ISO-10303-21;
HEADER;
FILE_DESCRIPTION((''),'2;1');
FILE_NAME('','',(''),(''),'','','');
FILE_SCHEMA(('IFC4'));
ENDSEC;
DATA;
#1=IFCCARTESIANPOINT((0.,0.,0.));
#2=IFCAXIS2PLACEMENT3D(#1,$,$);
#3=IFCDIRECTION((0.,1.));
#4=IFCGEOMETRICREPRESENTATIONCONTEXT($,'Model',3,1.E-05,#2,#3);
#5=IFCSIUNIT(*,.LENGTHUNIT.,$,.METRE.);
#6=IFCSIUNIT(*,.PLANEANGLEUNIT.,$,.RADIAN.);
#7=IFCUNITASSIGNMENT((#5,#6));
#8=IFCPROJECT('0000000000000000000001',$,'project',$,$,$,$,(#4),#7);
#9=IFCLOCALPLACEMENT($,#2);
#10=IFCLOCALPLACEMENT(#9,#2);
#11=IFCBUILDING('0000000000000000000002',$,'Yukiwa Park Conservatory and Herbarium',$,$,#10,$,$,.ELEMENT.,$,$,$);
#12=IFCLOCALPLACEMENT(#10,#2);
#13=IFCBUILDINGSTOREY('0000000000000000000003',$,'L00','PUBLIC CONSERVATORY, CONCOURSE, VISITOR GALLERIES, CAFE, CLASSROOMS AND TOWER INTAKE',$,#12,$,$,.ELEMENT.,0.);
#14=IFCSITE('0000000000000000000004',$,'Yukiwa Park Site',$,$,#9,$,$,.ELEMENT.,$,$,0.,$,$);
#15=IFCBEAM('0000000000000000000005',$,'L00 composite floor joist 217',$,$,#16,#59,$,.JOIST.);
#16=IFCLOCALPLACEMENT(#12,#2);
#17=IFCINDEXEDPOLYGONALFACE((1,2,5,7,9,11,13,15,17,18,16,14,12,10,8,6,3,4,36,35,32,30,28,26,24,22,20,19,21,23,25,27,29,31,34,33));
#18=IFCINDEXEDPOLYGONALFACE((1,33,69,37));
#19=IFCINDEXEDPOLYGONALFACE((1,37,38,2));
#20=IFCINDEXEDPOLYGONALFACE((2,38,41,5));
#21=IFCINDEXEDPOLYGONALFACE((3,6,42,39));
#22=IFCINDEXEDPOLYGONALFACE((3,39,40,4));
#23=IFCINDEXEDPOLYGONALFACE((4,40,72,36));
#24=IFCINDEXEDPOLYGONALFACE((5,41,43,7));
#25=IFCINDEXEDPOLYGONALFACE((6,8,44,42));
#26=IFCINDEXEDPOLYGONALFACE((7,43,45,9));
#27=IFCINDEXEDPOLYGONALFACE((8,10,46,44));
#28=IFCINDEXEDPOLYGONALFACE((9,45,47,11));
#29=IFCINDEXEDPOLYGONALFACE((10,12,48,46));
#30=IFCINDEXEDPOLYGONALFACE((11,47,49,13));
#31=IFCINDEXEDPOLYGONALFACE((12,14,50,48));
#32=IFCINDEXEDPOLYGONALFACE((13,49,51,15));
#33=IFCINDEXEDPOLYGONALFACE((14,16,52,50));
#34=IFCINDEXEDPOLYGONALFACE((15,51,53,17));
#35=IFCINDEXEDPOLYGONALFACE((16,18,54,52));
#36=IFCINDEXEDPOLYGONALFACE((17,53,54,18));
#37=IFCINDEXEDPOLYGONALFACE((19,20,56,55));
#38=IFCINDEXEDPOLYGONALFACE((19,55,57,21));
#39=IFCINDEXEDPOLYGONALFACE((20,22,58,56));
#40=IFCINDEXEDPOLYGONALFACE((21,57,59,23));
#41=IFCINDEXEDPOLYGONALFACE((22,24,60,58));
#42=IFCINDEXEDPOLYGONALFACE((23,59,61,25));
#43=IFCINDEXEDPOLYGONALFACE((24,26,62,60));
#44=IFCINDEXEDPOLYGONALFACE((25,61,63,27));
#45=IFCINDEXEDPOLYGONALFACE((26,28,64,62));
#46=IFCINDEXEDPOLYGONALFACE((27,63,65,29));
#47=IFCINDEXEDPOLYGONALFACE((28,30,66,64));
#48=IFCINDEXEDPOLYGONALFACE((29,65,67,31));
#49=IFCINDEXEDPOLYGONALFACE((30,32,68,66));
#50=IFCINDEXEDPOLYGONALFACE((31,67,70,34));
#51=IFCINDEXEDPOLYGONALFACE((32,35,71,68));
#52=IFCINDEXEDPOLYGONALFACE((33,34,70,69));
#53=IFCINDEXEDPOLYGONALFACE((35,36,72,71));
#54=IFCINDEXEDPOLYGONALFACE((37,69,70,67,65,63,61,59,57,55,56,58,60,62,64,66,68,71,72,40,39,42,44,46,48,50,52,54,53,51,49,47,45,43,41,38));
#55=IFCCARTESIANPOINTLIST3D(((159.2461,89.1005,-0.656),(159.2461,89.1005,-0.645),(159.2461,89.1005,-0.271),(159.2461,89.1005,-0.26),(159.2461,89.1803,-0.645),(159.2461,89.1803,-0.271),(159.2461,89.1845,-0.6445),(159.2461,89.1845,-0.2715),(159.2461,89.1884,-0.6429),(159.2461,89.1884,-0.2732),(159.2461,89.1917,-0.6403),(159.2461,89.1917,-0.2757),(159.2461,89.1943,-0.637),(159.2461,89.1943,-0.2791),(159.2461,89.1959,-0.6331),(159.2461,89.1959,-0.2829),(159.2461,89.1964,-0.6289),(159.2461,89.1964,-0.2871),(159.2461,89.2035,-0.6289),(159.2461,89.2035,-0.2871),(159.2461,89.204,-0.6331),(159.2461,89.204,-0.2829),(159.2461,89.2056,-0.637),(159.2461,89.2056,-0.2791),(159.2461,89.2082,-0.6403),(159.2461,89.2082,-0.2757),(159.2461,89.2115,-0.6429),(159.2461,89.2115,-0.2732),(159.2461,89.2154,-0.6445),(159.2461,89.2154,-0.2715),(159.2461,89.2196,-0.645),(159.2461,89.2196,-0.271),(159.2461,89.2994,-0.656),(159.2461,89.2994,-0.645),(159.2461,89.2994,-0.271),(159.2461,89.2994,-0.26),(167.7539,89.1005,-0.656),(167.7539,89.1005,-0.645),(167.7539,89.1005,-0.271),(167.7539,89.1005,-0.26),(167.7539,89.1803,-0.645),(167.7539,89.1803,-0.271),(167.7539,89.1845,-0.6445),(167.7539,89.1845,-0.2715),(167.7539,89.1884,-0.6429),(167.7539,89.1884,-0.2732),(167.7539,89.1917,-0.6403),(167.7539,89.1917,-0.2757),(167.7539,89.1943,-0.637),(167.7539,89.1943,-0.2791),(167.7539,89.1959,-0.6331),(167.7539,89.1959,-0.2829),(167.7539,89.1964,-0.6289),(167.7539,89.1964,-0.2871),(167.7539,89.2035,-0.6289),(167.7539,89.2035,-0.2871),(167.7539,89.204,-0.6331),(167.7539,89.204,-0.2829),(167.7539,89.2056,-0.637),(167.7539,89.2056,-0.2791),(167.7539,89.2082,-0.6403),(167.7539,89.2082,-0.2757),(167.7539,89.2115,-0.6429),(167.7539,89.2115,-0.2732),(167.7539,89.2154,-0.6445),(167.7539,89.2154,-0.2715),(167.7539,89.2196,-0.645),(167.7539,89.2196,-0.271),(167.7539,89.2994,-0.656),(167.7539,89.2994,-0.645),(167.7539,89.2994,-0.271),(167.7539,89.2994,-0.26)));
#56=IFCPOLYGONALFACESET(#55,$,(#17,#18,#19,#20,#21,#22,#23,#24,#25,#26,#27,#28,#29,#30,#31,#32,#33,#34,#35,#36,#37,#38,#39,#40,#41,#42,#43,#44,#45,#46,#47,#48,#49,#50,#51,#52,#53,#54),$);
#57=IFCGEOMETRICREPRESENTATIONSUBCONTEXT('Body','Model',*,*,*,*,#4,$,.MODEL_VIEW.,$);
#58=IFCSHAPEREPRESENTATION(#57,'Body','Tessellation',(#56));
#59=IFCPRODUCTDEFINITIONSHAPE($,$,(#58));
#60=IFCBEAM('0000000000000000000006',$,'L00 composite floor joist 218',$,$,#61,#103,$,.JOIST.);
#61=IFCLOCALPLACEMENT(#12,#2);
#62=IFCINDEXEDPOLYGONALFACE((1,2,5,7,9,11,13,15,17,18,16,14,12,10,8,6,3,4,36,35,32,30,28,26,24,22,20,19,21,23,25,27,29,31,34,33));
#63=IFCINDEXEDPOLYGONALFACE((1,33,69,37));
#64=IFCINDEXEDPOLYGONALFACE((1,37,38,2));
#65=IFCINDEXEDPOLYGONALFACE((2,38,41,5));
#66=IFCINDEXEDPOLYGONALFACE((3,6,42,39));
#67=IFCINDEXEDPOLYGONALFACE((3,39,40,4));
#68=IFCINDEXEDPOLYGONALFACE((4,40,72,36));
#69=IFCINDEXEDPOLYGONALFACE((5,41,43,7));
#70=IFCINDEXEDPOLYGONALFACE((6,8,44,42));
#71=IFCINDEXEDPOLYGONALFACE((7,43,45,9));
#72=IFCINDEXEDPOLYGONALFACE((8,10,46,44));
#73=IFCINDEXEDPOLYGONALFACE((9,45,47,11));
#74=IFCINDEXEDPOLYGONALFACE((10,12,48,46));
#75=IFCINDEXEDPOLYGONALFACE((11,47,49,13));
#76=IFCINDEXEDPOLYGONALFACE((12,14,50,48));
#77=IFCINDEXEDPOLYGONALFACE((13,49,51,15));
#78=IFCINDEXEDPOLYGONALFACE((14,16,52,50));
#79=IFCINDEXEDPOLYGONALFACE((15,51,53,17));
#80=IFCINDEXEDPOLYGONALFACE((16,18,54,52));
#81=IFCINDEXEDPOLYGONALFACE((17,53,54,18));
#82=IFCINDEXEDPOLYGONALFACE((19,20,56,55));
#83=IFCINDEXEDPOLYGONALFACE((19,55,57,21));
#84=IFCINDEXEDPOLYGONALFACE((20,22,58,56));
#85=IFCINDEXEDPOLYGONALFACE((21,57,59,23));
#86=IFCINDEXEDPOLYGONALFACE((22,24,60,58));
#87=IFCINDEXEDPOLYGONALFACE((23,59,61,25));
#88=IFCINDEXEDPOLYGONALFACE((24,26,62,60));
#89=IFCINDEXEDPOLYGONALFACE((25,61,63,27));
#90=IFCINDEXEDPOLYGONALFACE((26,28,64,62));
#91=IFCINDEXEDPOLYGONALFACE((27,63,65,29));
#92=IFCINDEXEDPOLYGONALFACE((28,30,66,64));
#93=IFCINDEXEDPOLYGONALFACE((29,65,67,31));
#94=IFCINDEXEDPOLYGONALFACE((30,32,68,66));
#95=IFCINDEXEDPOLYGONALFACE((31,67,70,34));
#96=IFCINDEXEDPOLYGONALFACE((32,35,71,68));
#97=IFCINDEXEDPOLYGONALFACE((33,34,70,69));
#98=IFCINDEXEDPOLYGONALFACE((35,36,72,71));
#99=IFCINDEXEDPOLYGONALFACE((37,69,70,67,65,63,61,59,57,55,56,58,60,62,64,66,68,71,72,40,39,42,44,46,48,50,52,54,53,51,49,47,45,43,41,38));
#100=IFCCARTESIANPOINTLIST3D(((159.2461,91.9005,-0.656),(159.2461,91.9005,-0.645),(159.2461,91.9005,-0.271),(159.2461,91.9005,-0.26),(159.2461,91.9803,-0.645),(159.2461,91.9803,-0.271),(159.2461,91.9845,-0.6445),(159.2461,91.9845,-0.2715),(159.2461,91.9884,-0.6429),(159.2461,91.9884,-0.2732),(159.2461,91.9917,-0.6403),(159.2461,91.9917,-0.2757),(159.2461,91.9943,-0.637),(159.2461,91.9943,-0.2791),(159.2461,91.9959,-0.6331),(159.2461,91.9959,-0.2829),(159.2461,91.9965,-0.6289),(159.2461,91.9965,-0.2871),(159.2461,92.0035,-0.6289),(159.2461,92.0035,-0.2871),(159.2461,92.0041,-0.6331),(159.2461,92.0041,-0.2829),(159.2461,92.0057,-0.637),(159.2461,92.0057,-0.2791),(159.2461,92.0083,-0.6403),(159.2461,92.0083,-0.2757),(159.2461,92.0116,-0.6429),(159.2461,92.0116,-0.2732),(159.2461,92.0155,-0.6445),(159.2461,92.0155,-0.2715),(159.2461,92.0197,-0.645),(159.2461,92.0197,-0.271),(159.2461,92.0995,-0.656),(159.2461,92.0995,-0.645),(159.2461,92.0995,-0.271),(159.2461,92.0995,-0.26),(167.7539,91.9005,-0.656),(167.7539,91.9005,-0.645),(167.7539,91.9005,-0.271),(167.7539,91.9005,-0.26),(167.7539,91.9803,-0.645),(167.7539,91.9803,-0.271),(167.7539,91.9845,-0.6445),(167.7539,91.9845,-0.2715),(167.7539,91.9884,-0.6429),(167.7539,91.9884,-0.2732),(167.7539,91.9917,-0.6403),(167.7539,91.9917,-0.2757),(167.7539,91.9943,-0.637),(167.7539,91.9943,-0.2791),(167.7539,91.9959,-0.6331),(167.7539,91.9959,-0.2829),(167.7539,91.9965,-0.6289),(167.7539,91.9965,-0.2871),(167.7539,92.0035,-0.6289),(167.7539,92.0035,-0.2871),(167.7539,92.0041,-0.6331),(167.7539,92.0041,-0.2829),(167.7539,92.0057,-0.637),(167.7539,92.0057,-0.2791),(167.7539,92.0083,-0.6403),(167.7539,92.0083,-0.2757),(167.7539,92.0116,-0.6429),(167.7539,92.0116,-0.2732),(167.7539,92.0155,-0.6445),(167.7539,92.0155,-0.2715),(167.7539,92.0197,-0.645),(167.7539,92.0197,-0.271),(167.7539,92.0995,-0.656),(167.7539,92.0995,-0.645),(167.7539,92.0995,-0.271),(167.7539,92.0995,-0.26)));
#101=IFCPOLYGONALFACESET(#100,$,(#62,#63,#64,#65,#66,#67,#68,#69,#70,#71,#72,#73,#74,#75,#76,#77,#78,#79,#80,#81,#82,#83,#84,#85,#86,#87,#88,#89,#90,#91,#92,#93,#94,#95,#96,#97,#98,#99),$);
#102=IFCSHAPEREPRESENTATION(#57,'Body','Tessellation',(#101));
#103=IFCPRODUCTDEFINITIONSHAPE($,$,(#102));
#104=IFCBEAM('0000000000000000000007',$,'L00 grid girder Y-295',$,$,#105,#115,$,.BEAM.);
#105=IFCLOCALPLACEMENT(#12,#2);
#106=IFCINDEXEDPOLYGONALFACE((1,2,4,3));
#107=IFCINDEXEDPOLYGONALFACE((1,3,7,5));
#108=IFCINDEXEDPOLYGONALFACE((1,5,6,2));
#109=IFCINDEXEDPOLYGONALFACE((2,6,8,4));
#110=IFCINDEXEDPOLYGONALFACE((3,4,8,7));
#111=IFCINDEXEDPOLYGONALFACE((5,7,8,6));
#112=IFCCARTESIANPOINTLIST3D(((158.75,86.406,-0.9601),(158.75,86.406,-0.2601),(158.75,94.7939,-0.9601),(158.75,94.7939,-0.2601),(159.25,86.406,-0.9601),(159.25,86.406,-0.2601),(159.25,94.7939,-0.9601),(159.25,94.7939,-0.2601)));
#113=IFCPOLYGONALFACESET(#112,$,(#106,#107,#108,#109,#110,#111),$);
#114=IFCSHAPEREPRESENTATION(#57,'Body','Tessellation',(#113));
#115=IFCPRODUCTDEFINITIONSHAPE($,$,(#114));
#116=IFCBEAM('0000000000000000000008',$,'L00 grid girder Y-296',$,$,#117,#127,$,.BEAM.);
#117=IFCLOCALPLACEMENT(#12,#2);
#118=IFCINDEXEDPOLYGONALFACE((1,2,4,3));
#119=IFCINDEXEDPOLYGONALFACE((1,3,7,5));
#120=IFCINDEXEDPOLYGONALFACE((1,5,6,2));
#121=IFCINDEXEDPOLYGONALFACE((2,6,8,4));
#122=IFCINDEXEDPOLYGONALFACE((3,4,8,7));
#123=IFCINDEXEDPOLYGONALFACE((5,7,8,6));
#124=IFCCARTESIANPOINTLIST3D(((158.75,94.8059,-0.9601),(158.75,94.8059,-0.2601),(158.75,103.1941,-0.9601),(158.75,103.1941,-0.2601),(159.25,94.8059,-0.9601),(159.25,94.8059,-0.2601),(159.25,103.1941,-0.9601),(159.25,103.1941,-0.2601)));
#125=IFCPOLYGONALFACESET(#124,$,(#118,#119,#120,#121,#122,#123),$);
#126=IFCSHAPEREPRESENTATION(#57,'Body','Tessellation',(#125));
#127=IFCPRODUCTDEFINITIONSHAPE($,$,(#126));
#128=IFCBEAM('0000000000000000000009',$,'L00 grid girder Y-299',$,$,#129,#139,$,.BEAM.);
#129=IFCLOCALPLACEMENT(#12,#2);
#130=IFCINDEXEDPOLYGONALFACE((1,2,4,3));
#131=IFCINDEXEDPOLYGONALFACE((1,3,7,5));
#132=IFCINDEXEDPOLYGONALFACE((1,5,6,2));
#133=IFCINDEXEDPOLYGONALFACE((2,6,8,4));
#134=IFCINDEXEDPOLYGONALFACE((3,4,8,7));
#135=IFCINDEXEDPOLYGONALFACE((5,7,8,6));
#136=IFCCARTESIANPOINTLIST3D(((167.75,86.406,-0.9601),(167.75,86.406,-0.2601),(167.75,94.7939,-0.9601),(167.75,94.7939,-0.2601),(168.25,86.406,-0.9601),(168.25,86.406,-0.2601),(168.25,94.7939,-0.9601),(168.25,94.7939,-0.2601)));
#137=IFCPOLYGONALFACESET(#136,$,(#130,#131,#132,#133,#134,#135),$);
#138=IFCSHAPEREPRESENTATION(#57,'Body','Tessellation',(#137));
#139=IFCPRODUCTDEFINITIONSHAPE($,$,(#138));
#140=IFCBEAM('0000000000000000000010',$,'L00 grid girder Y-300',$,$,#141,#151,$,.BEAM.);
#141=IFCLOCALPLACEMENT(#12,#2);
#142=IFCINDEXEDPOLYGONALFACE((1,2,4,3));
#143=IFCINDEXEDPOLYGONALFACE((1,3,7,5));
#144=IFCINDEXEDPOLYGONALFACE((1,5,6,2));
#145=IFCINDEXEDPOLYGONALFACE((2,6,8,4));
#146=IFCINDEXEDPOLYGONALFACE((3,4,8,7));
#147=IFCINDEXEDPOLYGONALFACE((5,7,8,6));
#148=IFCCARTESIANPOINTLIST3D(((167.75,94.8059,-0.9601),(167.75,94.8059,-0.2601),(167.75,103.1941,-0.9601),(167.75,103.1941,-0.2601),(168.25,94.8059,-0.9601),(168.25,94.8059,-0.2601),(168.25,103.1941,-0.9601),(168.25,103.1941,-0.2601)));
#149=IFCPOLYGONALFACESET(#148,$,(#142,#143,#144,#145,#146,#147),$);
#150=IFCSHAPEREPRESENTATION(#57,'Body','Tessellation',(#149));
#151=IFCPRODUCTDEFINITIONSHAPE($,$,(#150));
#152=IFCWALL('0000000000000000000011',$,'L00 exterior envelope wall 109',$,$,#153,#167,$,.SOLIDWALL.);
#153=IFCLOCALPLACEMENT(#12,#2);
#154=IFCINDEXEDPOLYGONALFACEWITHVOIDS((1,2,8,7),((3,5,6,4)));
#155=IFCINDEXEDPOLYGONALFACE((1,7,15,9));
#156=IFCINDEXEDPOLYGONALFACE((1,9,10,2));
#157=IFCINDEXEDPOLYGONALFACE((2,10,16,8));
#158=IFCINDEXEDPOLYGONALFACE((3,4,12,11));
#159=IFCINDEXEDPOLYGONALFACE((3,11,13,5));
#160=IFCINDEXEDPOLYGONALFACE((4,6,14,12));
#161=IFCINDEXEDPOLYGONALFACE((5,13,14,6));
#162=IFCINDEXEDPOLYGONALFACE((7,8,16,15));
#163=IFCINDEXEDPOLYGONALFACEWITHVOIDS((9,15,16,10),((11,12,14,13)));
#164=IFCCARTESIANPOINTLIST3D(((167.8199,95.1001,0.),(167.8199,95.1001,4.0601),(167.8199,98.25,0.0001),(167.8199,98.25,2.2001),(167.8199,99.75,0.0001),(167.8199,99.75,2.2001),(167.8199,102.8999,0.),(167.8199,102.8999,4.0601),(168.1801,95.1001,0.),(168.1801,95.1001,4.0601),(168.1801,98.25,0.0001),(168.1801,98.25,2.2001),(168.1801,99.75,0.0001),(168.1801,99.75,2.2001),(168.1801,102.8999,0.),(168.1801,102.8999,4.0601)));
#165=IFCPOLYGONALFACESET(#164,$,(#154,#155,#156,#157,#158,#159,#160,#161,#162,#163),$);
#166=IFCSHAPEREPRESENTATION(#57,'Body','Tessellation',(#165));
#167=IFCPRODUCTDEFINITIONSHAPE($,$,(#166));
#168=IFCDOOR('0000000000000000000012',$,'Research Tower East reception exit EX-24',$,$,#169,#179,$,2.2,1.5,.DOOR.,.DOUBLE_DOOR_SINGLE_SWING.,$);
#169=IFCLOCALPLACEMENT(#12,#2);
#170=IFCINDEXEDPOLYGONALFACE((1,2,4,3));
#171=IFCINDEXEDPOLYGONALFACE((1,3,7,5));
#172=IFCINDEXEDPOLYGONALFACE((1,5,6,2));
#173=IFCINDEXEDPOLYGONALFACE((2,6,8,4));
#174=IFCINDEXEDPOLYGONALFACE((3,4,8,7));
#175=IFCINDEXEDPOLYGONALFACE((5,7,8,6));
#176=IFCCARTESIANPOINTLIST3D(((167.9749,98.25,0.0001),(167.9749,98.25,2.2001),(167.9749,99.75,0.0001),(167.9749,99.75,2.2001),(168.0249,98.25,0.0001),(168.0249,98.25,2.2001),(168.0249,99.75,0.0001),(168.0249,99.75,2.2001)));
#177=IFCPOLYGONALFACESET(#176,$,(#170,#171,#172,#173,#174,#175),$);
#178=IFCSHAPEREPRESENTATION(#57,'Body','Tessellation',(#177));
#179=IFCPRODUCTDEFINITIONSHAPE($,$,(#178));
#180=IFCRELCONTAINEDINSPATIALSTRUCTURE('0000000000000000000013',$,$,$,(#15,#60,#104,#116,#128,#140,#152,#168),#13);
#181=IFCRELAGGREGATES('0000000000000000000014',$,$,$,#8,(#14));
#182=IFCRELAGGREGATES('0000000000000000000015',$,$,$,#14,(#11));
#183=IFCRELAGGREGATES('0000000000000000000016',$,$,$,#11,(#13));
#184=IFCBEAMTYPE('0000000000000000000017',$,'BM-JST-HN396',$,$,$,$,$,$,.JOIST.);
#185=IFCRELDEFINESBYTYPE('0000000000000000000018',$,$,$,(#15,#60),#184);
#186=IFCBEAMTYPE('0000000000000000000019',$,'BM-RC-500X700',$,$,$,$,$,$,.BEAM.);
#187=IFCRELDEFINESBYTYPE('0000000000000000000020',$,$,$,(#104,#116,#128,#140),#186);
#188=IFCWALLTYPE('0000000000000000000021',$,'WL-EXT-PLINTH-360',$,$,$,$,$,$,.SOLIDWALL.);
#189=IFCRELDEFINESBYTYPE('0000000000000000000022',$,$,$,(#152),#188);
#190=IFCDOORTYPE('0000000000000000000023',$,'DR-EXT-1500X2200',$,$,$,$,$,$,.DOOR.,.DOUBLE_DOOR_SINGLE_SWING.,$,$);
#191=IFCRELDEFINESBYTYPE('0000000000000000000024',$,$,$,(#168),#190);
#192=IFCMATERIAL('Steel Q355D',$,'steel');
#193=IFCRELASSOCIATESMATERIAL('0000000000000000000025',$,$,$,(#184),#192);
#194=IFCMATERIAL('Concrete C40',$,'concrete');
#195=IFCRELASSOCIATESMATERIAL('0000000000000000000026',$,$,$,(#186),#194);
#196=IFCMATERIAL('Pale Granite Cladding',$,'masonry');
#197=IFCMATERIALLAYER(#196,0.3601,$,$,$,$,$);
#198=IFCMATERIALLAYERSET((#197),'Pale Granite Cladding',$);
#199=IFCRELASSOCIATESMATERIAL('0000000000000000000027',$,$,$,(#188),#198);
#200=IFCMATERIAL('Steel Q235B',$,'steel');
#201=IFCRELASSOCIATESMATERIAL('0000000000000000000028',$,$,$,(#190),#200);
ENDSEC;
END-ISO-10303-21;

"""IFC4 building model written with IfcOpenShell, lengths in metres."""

from ifc_helpers import new_model, si_unit, direction, frame, frame_2d, origin, origin_2d, place, context, subcontext, project, spatial, rectangle, i_section, extrude, material, layer, layer_set, material_profile, profile_set, type_object, element, fill, save


model = new_model("IFC4")

# Units and contexts
model_context = context("Model", 3, precision=1e-05, world=origin(), true_north=direction((0.0, 1.0)))
body_context = subcontext(model_context, "Body", "Model", "MODEL_VIEW")
ifc_project = project(units=[si_unit("LENGTHUNIT", "METRE"), si_unit("PLANEANGLEUNIT", "RADIAN")], contexts=[model_context])

# Site, building, storey
site_placement = place(None, origin())
site = spatial("IfcSite", under=ifc_project, at=site_placement, Name="Yukiwa Park Site", CompositionType="ELEMENT", RefElevation=0.0)
building_placement = place(site_placement, origin())
building = spatial("IfcBuilding", under=site, at=building_placement, Name="Yukiwa Park Conservatory and Herbarium", CompositionType="ELEMENT")
storey_placement = place(building_placement, origin())
storey = spatial("IfcBuildingStorey", under=building, at=storey_placement, Name="L00", Description="PUBLIC CONSERVATORY, CONCOURSE, VISITOR GALLERIES, CAFE, CLASSROOMS AND TOWER INTAKE", CompositionType="ELEMENT", Elevation=0.0)

# Beams
ifc_material_1 = material(Name="Steel Q355D", Category="steel")
ifc_material_profile_1 = material_profile(ifc_material_1, i_section(OverallWidth=0.199, OverallDepth=0.396, WebThickness=0.0071, FlangeThickness=0.011, FilletRadius=0.0161, at=origin_2d()), Name="HN 396x199x7x11")
ifc_profile_set_1 = profile_set([ifc_material_profile_1], Name="Steel Q355D")
beam_type_1 = type_object("IfcBeamType", Name="BM-JST-HN396", PredefinedType="JOIST", material=ifc_profile_set_1)
for number, where, z_axis, x_axis, name in (
    (1, (159.2461, 89.2, -0.458), (1.0, 0.0, 0.0), (0.0, 1.0, 0.0), "L00 composite floor joist 217"),
    (2, (159.2461, 92.0, -0.458), (1.0, 0.0, 0.0), (0.0, 1.0, 0.0), "L00 composite floor joist 218"),
):
    element("IfcBeam", number, at=place(storey_placement, frame(where, z_axis=z_axis, x_axis=x_axis)), inside=storey, type_object=beam_type_1, Name=name, PredefinedType="JOIST", context=body_context, shape_type="SweptSolid", body=[
        extrude(i_section(OverallWidth=0.199, OverallDepth=0.396, WebThickness=0.0071, FlangeThickness=0.011, FilletRadius=0.0161, at=origin_2d()), origin(), (0.0, 0.0, 1.0), 8.5078),
    ])
ifc_material_2 = material(Name="Concrete C40", Category="concrete")
ifc_material_profile_2 = material_profile(ifc_material_2, rectangle(XDim=0.5, YDim=0.7, at=origin_2d()), Name="RC 500x700")
ifc_profile_set_2 = profile_set([ifc_material_profile_2], Name="Concrete C40")
beam_type_2 = type_object("IfcBeamType", Name="BM-RC-500X700", PredefinedType="BEAM", material=ifc_profile_set_2)
beam_1_placement = place(storey_placement, frame((159.0, 86.406, -0.6101), z_axis=(0.0, 1.0, 0.0), x_axis=(-1.0, 0.0, 0.0)))
element("IfcBeam", 3, at=beam_1_placement, inside=storey, type_object=beam_type_2, Name="L00 grid girder Y-295", PredefinedType="BEAM", context=body_context, shape_type="SweptSolid", body=[
    extrude(rectangle(XDim=0.5, YDim=0.7, at=origin_2d()), origin(), (0.0, 0.0, 1.0), 8.3879),
])
beam_2_placement = place(storey_placement, frame((159.0, 94.8059, -0.6101), z_axis=(0.0, 1.0, 0.0), x_axis=(-1.0, 0.0, 0.0)))
element("IfcBeam", 4, at=beam_2_placement, inside=storey, type_object=beam_type_2, Name="L00 grid girder Y-296", PredefinedType="BEAM", context=body_context, shape_type="SweptSolid", body=[
    extrude(rectangle(XDim=0.5, YDim=0.7, at=origin_2d()), origin(), (0.0, 0.0, 1.0), 8.3882),
])
beam_3_placement = place(storey_placement, frame((168.0, 86.406, -0.6101), z_axis=(0.0, 1.0, 0.0), x_axis=(-1.0, 0.0, 0.0)))
element("IfcBeam", 5, at=beam_3_placement, inside=storey, type_object=beam_type_2, Name="L00 grid girder Y-299", PredefinedType="BEAM", context=body_context, shape_type="SweptSolid", body=[
    extrude(rectangle(XDim=0.5, YDim=0.7, at=origin_2d()), origin(), (0.0, 0.0, 1.0), 8.3879),
])
beam_4_placement = place(storey_placement, frame((168.0, 94.8059, -0.6101), z_axis=(0.0, 1.0, 0.0), x_axis=(-1.0, 0.0, 0.0)))
element("IfcBeam", 6, at=beam_4_placement, inside=storey, type_object=beam_type_2, Name="L00 grid girder Y-300", PredefinedType="BEAM", context=body_context, shape_type="SweptSolid", body=[
    extrude(rectangle(XDim=0.5, YDim=0.7, at=origin_2d()), origin(), (0.0, 0.0, 1.0), 8.3882),
])

# Wall, opening, door
ifc_material_3 = material(Name="Pale Granite Cladding", Category="masonry")
ifc_layer_1 = layer(ifc_material_3, 0.3601)
ifc_layer_set_1 = layer_set([ifc_layer_1], Name="Pale Granite Cladding")
wall_type_1 = type_object("IfcWallType", Name="WL-EXT-PLINTH-360", PredefinedType="SOLIDWALL", material=ifc_layer_set_1)
wall_1_placement = place(storey_placement, frame((168.0, 95.1001, 0.0), z_axis=(0.0, 0.0, 1.0), x_axis=(0.0, 1.0, 0.0)))
wall_1 = element("IfcWall", 7, at=wall_1_placement, inside=storey, type_object=wall_type_1, Name="L00 exterior envelope wall 109", PredefinedType="SOLIDWALL", context=body_context, shape_type="SweptSolid", body=[
    extrude(rectangle(XDim=7.7998, YDim=0.3601, at=frame_2d((3.8999, 0.0))), origin(), (0.0, 0.0, 1.0), 4.0601),
])
opening_1_placement = place(wall_1_placement, frame((3.1499, 0.0, 0.0)))
opening_1 = element("IfcOpeningElement", 8, at=opening_1_placement, cuts=wall_1, PredefinedType="OPENING", context=body_context, shape_type="SweptSolid", body=[
    extrude(rectangle(XDim=1.5, YDim=2.2, at=frame_2d((0.75, 1.1001))), frame((0.0, 0.1899, 0.0), z_axis=(0.0, -1.0, 0.0), x_axis=(1.0, 0.0, 0.0)), (0.0, 0.0, 1.0), 0.3801),
])
ifc_material_4 = material(Name="Steel Q235B", Category="steel")
door_type_1 = type_object("IfcDoorType", Name="DR-EXT-1500X2200", OperationType="DOUBLE_DOOR_SINGLE_SWING", PredefinedType="DOOR", material=ifc_material_4)
door_1_placement = place(opening_1_placement, frame((1.5, 0.0, 0.0), z_axis=(0.0, 0.0, 1.0), x_axis=(-1.0, 0.0, 0.0)))
door_1 = element("IfcDoor", 9, at=door_1_placement, inside=storey, type_object=door_type_1, Name="Research Tower East reception exit EX-24", OperationType="DOUBLE_DOOR_SINGLE_SWING", OverallHeight=2.2, OverallWidth=1.5, PredefinedType="DOOR", context=body_context, shape_type="SweptSolid", body=[
    extrude(rectangle(XDim=1.5, YDim=2.2, at=frame_2d((0.75, 1.1001))), frame((0.0, 0.0249, 0.0), z_axis=(0.0, -1.0, 0.0), x_axis=(1.0, 0.0, 0.0)), (0.0, 0.0, 1.0), 0.05),
])
fill(opening_1, door_1)

save(model, "model.ifc")
